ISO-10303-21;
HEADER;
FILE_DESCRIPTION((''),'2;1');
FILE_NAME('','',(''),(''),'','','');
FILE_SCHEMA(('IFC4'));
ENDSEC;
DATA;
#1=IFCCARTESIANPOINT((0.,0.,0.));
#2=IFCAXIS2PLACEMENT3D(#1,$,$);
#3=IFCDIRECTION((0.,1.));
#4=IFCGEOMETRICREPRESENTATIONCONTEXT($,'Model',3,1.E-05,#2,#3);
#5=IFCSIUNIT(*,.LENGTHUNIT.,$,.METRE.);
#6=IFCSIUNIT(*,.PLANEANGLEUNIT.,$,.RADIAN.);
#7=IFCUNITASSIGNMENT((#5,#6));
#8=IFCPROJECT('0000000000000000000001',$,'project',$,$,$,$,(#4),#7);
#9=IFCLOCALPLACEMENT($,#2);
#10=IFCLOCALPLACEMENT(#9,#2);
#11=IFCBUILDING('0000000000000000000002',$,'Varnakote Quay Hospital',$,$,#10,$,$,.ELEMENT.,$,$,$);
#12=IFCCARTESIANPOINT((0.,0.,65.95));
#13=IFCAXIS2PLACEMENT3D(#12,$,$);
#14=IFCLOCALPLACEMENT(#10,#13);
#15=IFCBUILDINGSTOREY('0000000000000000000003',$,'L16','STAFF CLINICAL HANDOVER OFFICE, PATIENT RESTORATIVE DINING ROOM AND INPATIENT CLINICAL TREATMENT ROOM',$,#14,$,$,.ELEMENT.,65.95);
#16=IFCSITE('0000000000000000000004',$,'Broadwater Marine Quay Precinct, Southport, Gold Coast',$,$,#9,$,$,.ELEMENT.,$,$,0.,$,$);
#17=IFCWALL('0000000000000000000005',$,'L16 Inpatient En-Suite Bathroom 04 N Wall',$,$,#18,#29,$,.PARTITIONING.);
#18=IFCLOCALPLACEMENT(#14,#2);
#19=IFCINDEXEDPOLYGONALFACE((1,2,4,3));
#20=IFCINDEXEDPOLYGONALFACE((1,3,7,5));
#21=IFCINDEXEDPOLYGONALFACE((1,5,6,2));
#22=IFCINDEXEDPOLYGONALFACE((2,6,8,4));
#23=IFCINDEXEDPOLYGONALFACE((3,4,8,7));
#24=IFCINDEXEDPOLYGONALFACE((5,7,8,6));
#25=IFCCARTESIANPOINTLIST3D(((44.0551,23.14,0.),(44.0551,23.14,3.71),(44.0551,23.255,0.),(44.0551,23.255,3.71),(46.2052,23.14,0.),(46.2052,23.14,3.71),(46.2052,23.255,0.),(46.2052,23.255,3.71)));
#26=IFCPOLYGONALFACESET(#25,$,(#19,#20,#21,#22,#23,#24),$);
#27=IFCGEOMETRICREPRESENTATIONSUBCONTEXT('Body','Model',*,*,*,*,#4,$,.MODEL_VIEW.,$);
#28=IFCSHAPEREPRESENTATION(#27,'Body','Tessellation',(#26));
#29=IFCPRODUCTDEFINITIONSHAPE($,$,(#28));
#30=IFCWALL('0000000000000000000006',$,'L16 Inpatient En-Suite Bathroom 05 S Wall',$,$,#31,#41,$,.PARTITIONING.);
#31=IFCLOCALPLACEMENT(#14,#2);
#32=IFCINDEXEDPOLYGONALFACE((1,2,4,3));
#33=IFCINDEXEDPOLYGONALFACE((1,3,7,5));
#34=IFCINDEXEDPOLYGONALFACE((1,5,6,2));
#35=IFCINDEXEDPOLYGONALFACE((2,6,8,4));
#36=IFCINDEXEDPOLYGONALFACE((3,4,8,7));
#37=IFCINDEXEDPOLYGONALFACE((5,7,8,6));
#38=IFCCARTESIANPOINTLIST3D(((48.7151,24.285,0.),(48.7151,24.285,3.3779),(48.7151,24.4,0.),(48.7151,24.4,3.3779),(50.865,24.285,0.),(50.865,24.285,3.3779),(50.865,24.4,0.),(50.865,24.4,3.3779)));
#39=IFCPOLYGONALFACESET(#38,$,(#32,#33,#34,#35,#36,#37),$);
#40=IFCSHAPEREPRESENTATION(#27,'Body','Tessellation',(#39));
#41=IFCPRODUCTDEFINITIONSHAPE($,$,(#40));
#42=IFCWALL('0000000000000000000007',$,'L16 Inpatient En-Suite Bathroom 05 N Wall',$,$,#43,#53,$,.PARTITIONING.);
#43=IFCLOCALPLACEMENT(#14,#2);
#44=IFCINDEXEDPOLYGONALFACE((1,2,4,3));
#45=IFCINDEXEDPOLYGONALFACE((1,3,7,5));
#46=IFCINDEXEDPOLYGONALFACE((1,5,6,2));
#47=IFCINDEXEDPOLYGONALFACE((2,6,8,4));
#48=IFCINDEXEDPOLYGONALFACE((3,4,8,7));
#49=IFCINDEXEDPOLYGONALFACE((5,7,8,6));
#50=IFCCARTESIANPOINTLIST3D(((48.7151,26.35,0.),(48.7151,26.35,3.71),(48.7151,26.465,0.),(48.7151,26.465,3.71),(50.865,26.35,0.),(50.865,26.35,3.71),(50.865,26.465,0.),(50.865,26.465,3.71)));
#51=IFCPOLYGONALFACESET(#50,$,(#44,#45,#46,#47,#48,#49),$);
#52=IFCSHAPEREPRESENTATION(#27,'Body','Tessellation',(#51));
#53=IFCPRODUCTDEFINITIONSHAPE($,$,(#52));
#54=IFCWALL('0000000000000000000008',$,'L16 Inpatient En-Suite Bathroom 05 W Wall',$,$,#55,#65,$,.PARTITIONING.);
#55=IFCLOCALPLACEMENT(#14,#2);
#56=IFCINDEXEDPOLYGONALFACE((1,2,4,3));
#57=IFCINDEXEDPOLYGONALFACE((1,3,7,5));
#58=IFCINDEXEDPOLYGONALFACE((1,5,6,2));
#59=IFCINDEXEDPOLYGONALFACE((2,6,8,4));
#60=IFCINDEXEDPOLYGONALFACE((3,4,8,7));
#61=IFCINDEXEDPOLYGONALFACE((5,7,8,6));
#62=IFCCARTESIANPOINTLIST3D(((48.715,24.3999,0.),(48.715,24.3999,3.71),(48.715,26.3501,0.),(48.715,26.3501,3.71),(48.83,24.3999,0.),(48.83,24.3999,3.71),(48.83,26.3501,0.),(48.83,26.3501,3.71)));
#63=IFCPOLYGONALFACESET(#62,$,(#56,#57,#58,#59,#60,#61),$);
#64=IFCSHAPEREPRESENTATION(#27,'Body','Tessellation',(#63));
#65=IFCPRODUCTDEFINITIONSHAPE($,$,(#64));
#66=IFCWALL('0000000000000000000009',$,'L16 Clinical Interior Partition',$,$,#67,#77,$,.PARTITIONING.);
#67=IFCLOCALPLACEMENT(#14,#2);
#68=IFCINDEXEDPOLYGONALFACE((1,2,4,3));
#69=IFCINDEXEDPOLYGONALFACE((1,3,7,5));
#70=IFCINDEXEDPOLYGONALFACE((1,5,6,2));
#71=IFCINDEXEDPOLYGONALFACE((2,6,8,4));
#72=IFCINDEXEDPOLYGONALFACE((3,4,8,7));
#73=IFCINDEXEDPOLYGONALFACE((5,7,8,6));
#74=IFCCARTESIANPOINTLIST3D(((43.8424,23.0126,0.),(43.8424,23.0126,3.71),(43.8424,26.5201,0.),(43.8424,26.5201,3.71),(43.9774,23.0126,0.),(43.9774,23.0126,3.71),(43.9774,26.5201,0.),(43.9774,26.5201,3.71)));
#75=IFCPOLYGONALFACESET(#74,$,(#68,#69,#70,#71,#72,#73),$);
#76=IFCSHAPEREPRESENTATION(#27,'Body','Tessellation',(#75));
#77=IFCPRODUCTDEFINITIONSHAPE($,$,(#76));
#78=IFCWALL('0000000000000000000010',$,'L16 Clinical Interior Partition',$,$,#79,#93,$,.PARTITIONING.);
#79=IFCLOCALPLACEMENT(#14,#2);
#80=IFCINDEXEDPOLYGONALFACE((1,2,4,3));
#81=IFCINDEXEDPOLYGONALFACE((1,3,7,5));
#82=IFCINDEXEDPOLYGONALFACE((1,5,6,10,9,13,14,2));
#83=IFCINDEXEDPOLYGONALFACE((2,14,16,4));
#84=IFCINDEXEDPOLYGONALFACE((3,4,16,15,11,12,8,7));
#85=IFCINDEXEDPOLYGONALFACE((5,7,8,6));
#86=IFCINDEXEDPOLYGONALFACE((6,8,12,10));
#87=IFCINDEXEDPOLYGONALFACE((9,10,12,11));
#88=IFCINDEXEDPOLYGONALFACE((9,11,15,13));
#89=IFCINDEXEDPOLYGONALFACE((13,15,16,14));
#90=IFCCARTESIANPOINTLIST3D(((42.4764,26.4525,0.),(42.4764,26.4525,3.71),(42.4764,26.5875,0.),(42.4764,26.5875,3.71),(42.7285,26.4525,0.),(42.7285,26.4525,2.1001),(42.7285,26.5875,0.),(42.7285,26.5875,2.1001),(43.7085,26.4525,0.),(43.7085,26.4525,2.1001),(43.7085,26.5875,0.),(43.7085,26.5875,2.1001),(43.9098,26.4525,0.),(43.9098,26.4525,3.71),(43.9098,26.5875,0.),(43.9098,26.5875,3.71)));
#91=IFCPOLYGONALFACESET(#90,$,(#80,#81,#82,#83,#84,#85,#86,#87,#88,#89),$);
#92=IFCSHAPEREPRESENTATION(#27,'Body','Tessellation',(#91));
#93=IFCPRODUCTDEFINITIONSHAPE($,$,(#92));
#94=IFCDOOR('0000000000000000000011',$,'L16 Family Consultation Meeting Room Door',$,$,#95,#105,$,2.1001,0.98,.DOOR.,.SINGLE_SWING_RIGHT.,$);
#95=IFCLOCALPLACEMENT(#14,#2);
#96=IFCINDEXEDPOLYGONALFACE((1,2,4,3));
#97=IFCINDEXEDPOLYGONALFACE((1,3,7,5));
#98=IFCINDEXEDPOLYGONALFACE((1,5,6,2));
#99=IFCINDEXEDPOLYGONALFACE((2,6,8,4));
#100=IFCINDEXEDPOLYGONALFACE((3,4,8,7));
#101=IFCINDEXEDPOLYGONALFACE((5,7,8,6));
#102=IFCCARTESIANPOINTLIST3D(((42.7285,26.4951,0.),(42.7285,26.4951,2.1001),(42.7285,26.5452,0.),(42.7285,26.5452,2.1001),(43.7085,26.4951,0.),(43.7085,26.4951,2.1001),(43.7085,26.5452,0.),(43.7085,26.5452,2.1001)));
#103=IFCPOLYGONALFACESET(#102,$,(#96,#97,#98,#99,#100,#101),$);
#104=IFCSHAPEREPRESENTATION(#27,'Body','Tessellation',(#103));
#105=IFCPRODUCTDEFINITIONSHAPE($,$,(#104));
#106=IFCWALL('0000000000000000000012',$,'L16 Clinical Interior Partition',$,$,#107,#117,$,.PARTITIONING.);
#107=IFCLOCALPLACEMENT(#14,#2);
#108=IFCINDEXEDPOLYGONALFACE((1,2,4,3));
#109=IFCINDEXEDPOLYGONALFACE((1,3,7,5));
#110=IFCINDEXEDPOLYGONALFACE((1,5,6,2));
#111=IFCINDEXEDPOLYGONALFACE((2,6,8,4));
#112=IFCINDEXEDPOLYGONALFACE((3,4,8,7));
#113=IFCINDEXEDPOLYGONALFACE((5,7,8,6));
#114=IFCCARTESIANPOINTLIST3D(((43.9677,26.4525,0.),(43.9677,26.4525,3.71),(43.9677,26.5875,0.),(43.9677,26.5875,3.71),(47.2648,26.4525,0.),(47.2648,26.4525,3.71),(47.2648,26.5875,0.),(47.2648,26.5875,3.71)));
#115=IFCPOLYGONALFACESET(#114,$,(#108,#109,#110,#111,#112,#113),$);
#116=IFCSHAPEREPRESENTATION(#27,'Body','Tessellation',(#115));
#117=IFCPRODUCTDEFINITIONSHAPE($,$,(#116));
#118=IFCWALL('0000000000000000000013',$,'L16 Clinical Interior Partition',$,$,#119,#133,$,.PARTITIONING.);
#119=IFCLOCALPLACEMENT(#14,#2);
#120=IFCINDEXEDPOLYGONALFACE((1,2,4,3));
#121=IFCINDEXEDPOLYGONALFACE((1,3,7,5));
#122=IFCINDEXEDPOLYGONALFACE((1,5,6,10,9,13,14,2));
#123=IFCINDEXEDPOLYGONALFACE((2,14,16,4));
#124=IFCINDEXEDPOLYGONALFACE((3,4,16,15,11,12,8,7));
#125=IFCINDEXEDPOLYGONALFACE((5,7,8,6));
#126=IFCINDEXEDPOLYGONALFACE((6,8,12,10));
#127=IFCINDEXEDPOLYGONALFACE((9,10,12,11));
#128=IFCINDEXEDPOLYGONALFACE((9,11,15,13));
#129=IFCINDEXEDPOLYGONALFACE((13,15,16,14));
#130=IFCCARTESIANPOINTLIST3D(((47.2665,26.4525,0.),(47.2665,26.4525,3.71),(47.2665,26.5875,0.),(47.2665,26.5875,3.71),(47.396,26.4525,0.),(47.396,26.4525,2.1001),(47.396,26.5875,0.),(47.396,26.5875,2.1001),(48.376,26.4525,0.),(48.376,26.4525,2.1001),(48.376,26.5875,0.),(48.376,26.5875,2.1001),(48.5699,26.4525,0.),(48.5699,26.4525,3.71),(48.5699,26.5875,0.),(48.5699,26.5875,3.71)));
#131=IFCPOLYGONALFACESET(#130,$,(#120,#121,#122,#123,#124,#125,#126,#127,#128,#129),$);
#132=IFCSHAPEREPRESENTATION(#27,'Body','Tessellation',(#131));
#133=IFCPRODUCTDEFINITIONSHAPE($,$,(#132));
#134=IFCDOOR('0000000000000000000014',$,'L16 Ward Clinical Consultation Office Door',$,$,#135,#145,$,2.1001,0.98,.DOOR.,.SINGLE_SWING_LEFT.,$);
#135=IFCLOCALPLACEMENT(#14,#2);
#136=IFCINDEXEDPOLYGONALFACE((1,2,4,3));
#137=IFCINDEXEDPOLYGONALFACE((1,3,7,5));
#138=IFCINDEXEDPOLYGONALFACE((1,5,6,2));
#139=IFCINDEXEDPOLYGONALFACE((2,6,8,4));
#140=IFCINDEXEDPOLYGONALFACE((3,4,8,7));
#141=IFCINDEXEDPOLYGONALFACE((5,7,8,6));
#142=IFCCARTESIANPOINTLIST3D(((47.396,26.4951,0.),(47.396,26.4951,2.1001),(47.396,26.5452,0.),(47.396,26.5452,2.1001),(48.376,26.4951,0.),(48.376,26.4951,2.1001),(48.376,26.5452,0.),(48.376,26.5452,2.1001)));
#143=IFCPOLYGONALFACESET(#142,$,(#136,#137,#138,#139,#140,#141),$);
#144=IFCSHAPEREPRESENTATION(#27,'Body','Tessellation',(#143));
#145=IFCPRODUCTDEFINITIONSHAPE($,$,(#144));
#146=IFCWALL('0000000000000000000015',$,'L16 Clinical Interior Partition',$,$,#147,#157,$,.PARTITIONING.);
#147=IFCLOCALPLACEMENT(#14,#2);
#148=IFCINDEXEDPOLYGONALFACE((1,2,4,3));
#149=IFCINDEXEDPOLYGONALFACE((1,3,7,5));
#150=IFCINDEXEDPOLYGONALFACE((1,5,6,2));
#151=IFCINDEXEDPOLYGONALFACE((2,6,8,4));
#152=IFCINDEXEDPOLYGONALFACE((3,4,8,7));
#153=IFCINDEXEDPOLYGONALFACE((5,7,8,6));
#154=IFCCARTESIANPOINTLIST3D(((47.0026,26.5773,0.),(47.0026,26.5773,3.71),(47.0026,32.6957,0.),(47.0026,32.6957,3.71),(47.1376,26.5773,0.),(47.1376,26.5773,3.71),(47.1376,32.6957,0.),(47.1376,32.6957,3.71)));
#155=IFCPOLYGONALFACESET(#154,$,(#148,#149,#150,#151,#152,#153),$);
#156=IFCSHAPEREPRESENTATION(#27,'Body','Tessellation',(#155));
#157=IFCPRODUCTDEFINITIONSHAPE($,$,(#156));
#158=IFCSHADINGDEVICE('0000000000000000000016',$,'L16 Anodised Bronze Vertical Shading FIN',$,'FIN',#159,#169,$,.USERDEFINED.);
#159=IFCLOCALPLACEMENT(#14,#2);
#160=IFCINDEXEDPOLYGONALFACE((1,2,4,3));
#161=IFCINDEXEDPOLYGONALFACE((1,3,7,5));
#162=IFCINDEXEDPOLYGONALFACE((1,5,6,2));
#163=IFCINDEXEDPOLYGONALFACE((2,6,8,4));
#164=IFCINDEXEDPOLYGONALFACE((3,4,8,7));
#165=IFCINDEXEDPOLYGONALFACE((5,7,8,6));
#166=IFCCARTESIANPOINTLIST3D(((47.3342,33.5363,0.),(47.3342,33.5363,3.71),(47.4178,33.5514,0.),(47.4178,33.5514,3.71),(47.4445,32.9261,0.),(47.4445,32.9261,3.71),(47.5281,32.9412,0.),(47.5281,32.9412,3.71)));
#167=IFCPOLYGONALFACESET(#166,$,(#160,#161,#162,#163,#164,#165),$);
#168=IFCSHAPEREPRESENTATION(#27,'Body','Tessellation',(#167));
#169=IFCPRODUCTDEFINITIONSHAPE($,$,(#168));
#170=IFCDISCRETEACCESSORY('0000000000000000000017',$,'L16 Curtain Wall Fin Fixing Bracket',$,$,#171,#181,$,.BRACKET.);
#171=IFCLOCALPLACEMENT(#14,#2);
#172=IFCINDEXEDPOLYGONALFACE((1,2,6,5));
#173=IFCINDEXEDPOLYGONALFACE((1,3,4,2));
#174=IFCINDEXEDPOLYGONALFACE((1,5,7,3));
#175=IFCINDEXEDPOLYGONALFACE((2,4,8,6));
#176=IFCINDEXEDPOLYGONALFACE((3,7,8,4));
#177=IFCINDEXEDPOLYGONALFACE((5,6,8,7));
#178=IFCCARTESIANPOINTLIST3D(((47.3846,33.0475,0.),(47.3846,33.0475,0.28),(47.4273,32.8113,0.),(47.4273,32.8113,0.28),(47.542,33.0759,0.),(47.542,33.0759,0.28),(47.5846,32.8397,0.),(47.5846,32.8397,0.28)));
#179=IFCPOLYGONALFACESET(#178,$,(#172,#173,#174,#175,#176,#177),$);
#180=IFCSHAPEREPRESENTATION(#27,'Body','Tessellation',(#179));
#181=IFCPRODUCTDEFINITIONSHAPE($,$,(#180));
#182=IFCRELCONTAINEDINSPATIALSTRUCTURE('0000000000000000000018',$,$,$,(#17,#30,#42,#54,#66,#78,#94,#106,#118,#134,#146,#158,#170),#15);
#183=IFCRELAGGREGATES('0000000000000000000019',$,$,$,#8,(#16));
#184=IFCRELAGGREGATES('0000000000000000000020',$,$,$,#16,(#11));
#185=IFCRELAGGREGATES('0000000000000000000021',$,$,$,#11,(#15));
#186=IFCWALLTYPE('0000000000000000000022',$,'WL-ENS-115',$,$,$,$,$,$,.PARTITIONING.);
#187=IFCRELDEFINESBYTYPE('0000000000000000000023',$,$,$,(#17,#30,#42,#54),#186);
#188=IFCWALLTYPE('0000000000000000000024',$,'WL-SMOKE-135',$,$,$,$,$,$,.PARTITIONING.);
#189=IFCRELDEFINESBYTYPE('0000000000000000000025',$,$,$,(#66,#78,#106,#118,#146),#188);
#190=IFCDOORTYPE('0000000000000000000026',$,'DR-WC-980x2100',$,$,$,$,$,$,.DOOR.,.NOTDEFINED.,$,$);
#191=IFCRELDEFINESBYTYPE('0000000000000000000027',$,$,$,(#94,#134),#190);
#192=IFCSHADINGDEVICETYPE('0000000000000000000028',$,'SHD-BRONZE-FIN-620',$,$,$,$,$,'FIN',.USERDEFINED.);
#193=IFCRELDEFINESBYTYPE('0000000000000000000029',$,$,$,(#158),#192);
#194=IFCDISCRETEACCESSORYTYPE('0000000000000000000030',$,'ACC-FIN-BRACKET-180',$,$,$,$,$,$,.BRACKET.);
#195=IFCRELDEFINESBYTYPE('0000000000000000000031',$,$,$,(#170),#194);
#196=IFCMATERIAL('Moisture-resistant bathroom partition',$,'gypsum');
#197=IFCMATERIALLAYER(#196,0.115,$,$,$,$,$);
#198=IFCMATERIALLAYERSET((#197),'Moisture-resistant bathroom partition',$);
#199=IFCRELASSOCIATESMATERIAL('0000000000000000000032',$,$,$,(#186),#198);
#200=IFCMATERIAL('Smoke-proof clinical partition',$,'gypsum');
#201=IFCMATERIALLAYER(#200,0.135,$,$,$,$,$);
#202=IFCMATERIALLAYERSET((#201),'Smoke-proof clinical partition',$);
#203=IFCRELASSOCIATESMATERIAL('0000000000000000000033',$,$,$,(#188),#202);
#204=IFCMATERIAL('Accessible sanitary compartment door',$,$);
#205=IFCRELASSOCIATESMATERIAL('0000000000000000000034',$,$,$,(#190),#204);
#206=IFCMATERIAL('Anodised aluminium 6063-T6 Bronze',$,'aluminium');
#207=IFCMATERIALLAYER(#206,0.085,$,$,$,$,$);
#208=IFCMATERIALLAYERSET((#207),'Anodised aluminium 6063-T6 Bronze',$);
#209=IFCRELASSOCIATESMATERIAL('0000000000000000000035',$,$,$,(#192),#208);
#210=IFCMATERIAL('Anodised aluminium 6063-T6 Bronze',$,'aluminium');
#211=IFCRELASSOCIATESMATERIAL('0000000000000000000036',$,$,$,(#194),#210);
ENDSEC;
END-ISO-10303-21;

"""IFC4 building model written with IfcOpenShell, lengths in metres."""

from ifc_helpers import new_model, si_unit, direction, frame, frame_2d, origin, origin_2d, place, context, subcontext, project, spatial, rectangle, extrude, material, layer, layer_set, type_object, element, fill, save


model = new_model("IFC4")

# Units and contexts
model_context = context("Model", 3, precision=1e-05, world=origin(), true_north=direction((0.0, 1.0)))
body_context = subcontext(model_context, "Body", "Model", "MODEL_VIEW")
ifc_project = project(units=[si_unit("LENGTHUNIT", "METRE"), si_unit("PLANEANGLEUNIT", "RADIAN")], contexts=[model_context])

# Site, building, storey
site_placement = place(None, origin())
site = spatial("IfcSite", under=ifc_project, at=site_placement, Name="Broadwater Marine Quay Precinct, Southport, Gold Coast", CompositionType="ELEMENT", RefElevation=0.0)
building_placement = place(site_placement, origin())
building = spatial("IfcBuilding", under=site, at=building_placement, Name="Varnakote Quay Hospital", CompositionType="ELEMENT")
storey_placement = place(building_placement, frame((0.0, 0.0, 65.95)))
storey = spatial("IfcBuildingStorey", under=building, at=storey_placement, Name="L16", Description="STAFF CLINICAL HANDOVER OFFICE, PATIENT RESTORATIVE DINING ROOM AND INPATIENT CLINICAL TREATMENT ROOM", CompositionType="ELEMENT", Elevation=65.95)

# Walls
ifc_material_1 = material(Name="Moisture-resistant bathroom partition", Category="gypsum")
ifc_layer_1 = layer(ifc_material_1, 0.115)
ifc_layer_set_1 = layer_set([ifc_layer_1], Name="Moisture-resistant bathroom partition")
wall_type_1 = type_object("IfcWallType", Name="WL-ENS-115", PredefinedType="PARTITIONING", material=ifc_layer_set_1)
wall_1_placement = place(storey_placement, frame((44.0549, 23.1975, 0.0), z_axis=(0.0, 0.0, 1.0), x_axis=(1.0, 0.0, 0.0)))
element("IfcWall", 1, at=wall_1_placement, inside=storey, type_object=wall_type_1, Name="L16 Inpatient En-Suite Bathroom 04 N Wall", PredefinedType="PARTITIONING", context=body_context, shape_type="SweptSolid", body=[
    extrude(rectangle(XDim=2.1501, YDim=0.115, at=frame_2d((1.0752, 0.0))), origin(), (0.0, 0.0, 1.0), 3.71),
])
wall_2_placement = place(storey_placement, frame((48.7151, 24.3425, 0.0), z_axis=(0.0, 0.0, 1.0), x_axis=(1.0, 0.0, 0.0)))
element("IfcWall", 2, at=wall_2_placement, inside=storey, type_object=wall_type_1, Name="L16 Inpatient En-Suite Bathroom 05 S Wall", PredefinedType="PARTITIONING", context=body_context, shape_type="SweptSolid", body=[
    extrude(rectangle(XDim=2.1499, YDim=0.115, at=frame_2d((1.075, 0.0))), origin(), (0.0, 0.0, 1.0), 3.3779),
])
wall_3_placement = place(storey_placement, frame((48.7151, 26.4075, 0.0), z_axis=(0.0, 0.0, 1.0), x_axis=(1.0, 0.0, 0.0)))
element("IfcWall", 3, at=wall_3_placement, inside=storey, type_object=wall_type_1, Name="L16 Inpatient En-Suite Bathroom 05 N Wall", PredefinedType="PARTITIONING", context=body_context, shape_type="SweptSolid", body=[
    extrude(rectangle(XDim=2.1499, YDim=0.115, at=frame_2d((1.075, 0.0))), origin(), (0.0, 0.0, 1.0), 3.71),
])
wall_4_placement = place(storey_placement, frame((48.7725, 24.3999, 0.0), z_axis=(0.0, 0.0, 1.0), x_axis=(0.0, 1.0, 0.0)))
element("IfcWall", 4, at=wall_4_placement, inside=storey, type_object=wall_type_1, Name="L16 Inpatient En-Suite Bathroom 05 W Wall", PredefinedType="PARTITIONING", context=body_context, shape_type="SweptSolid", body=[
    extrude(rectangle(XDim=1.9502, YDim=0.115, at=frame_2d((0.9751, 0.0))), origin(), (0.0, 0.0, 1.0), 3.71),
])
ifc_material_2 = material(Name="Smoke-proof clinical partition", Category="gypsum")
ifc_layer_2 = layer(ifc_material_2, 0.135)
ifc_layer_set_2 = layer_set([ifc_layer_2], Name="Smoke-proof clinical partition")
wall_type_2 = type_object("IfcWallType", Name="WL-SMOKE-135", PredefinedType="PARTITIONING", material=ifc_layer_set_2)
wall_5_placement = place(storey_placement, frame((43.9099, 23.0125, 0.0), z_axis=(0.0, 0.0, 1.0), x_axis=(0.0, 1.0, 0.0)))
element("IfcWall", 5, at=wall_5_placement, inside=storey, type_object=wall_type_2, Name="L16 Clinical Interior Partition", PredefinedType="PARTITIONING", context=body_context, shape_type="SweptSolid", body=[
    extrude(rectangle(XDim=3.5076, YDim=0.135, at=frame_2d((1.7539, 0.0))), origin(), (0.0, 0.0, 1.0), 3.71),
])

# Wall, opening, door
wall_6_placement = place(storey_placement, frame((43.9099, 26.52, 0.0), z_axis=(0.0, 0.0, 1.0), x_axis=(-1.0, 0.0, 0.0)))
wall_6 = element("IfcWall", 6, at=wall_6_placement, inside=storey, type_object=wall_type_2, Name="L16 Clinical Interior Partition", PredefinedType="PARTITIONING", context=body_context, shape_type="SweptSolid", body=[
    extrude(rectangle(XDim=1.4333, YDim=0.135, at=frame_2d((0.7168, 0.0))), origin(), (0.0, 0.0, 1.0), 3.71),
])
opening_1_placement = place(wall_6_placement, frame((0.2014, 0.0, 0.0)))
opening_1 = element("IfcOpeningElement", 7, at=opening_1_placement, cuts=wall_6, PredefinedType="OPENING", context=body_context, shape_type="SweptSolid", body=[
    extrude(rectangle(XDim=0.98, YDim=2.1001, at=frame_2d((0.49, 1.05))), frame((0.0, 0.0774, 0.0), z_axis=(0.0, -1.0, 0.0), x_axis=(1.0, 0.0, 0.0)), (0.0, 0.0, 1.0), 0.155),
])
ifc_material_3 = material(Name="Accessible sanitary compartment door")
door_type = type_object("IfcDoorType", Name="DR-WC-980x2100", OperationType="NOTDEFINED", PredefinedType="DOOR", material=ifc_material_3)
door_1_placement = place(opening_1_placement, origin())
door_1 = element("IfcDoor", 8, at=door_1_placement, inside=storey, type_object=door_type, Name="L16 Family Consultation Meeting Room Door", OperationType="SINGLE_SWING_RIGHT", OverallHeight=2.1001, OverallWidth=0.98, PredefinedType="DOOR", context=body_context, shape_type="SweptSolid", body=[
    extrude(rectangle(XDim=0.98, YDim=2.1001, at=frame_2d((0.49, 1.05))), frame((0.0, 0.0249, 0.0), z_axis=(0.0, -1.0, 0.0), x_axis=(1.0, 0.0, 0.0)), (0.0, 0.0, 1.0), 0.05),
])
fill(opening_1, door_1)

# Wall
wall_7_placement = place(storey_placement, frame((47.2646, 26.52, 0.0), z_axis=(0.0, 0.0, 1.0), x_axis=(-1.0, 0.0, 0.0)))
element("IfcWall", 9, at=wall_7_placement, inside=storey, type_object=wall_type_2, Name="L16 Clinical Interior Partition", PredefinedType="PARTITIONING", context=body_context, shape_type="SweptSolid", body=[
    extrude(rectangle(XDim=3.2971, YDim=0.135, at=frame_2d((1.6484, 0.0))), origin(), (0.0, 0.0, 1.0), 3.71),
])

# Wall, opening, door
wall_8_placement = place(storey_placement, frame((48.5701, 26.52, 0.0), z_axis=(0.0, 0.0, 1.0), x_axis=(-1.0, 0.0, 0.0)))
wall_8 = element("IfcWall", 10, at=wall_8_placement, inside=storey, type_object=wall_type_2, Name="L16 Clinical Interior Partition", PredefinedType="PARTITIONING", context=body_context, shape_type="SweptSolid", body=[
    extrude(rectangle(XDim=1.3035, YDim=0.135, at=frame_2d((0.6519, 0.0))), origin(), (0.0, 0.0, 1.0), 3.71),
])
opening_2_placement = place(wall_8_placement, frame((0.1941, 0.0, 0.0)))
opening_2 = element("IfcOpeningElement", 11, at=opening_2_placement, cuts=wall_8, PredefinedType="OPENING", context=body_context, shape_type="SweptSolid", body=[
    extrude(rectangle(XDim=0.98, YDim=2.1001, at=frame_2d((0.49, 1.05))), frame((0.0, 0.0774, 0.0), z_axis=(0.0, -1.0, 0.0), x_axis=(1.0, 0.0, 0.0)), (0.0, 0.0, 1.0), 0.155),
])
door_2_placement = place(opening_2_placement, origin())
door_2 = element("IfcDoor", 12, at=door_2_placement, inside=storey, type_object=door_type, Name="L16 Ward Clinical Consultation Office Door", OperationType="SINGLE_SWING_LEFT", OverallHeight=2.1001, OverallWidth=0.98, PredefinedType="DOOR", context=body_context, shape_type="SweptSolid", body=[
    extrude(rectangle(XDim=0.98, YDim=2.1001, at=frame_2d((0.49, 1.05))), frame((0.0, 0.0249, 0.0), z_axis=(0.0, -1.0, 0.0), x_axis=(1.0, 0.0, 0.0)), (0.0, 0.0, 1.0), 0.05),
])
fill(opening_2, door_2)

# Wall
wall_9_placement = place(storey_placement, frame((47.0701, 26.5774, 0.0), z_axis=(0.0, 0.0, 1.0), x_axis=(0.0, 1.0, 0.0)))
element("IfcWall", 13, at=wall_9_placement, inside=storey, type_object=wall_type_2, Name="L16 Clinical Interior Partition", PredefinedType="PARTITIONING", context=body_context, shape_type="SweptSolid", body=[
    extrude(rectangle(XDim=6.1184, YDim=0.135, at=frame_2d((3.0591, 0.0))), origin(), (0.0, 0.0, 1.0), 3.71),
])

# Shading device
ifc_material_4 = material(Name="Anodised aluminium 6063-T6 Bronze", Category="aluminium")
ifc_layer_3 = layer(ifc_material_4, 0.085)
ifc_layer_set_3 = layer_set([ifc_layer_3], Name="Anodised aluminium 6063-T6 Bronze")
shading_device_type = type_object("IfcShadingDeviceType", Name="SHD-BRONZE-FIN-620", ElementType="FIN", PredefinedType="USERDEFINED", material=ifc_layer_set_3)
shading_device_placement = place(storey_placement, frame((47.4312, 33.2388, 0.0), z_axis=(0.0, 0.0, 1.0), x_axis=(0.177772, -0.984072, 0.0)))
element("IfcShadingDevice", 14, at=shading_device_placement, inside=storey, type_object=shading_device_type, Name="L16 Anodised Bronze Vertical Shading FIN", ObjectType="FIN", PredefinedType="USERDEFINED", context=body_context, shape_type="SweptSolid", body=[
    extrude(rectangle(XDim=0.6201, YDim=0.085, at=origin_2d()), origin(), (0.0, 0.0, 1.0), 3.71),
])

# Discrete accessory
ifc_material_5 = material(Name="Anodised aluminium 6063-T6 Bronze", Category="aluminium")
discrete_accessory_type = type_object("IfcDiscreteAccessoryType", Name="ACC-FIN-BRACKET-180", PredefinedType="BRACKET", material=ifc_material_5)
for number, where, z_axis, x_axis, name in (
    (15, (47.4846, 32.9436, 0.0), (0.0, 0.0, 1.0), (-0.984072, -0.177772, 0.0), "L16 Curtain Wall Fin Fixing Bracket"),
):
    element("IfcDiscreteAccessory", number, at=place(storey_placement, frame(where, z_axis=z_axis, x_axis=x_axis)), inside=storey, type_object=discrete_accessory_type, Name=name, PredefinedType="BRACKET", context=body_context, shape_type="SweptSolid", body=[
        extrude(rectangle(XDim=0.1599, YDim=0.24, at=origin_2d()), origin(), (0.0, 0.0, 1.0), 0.28),
    ])

save(model, "model.ifc")
